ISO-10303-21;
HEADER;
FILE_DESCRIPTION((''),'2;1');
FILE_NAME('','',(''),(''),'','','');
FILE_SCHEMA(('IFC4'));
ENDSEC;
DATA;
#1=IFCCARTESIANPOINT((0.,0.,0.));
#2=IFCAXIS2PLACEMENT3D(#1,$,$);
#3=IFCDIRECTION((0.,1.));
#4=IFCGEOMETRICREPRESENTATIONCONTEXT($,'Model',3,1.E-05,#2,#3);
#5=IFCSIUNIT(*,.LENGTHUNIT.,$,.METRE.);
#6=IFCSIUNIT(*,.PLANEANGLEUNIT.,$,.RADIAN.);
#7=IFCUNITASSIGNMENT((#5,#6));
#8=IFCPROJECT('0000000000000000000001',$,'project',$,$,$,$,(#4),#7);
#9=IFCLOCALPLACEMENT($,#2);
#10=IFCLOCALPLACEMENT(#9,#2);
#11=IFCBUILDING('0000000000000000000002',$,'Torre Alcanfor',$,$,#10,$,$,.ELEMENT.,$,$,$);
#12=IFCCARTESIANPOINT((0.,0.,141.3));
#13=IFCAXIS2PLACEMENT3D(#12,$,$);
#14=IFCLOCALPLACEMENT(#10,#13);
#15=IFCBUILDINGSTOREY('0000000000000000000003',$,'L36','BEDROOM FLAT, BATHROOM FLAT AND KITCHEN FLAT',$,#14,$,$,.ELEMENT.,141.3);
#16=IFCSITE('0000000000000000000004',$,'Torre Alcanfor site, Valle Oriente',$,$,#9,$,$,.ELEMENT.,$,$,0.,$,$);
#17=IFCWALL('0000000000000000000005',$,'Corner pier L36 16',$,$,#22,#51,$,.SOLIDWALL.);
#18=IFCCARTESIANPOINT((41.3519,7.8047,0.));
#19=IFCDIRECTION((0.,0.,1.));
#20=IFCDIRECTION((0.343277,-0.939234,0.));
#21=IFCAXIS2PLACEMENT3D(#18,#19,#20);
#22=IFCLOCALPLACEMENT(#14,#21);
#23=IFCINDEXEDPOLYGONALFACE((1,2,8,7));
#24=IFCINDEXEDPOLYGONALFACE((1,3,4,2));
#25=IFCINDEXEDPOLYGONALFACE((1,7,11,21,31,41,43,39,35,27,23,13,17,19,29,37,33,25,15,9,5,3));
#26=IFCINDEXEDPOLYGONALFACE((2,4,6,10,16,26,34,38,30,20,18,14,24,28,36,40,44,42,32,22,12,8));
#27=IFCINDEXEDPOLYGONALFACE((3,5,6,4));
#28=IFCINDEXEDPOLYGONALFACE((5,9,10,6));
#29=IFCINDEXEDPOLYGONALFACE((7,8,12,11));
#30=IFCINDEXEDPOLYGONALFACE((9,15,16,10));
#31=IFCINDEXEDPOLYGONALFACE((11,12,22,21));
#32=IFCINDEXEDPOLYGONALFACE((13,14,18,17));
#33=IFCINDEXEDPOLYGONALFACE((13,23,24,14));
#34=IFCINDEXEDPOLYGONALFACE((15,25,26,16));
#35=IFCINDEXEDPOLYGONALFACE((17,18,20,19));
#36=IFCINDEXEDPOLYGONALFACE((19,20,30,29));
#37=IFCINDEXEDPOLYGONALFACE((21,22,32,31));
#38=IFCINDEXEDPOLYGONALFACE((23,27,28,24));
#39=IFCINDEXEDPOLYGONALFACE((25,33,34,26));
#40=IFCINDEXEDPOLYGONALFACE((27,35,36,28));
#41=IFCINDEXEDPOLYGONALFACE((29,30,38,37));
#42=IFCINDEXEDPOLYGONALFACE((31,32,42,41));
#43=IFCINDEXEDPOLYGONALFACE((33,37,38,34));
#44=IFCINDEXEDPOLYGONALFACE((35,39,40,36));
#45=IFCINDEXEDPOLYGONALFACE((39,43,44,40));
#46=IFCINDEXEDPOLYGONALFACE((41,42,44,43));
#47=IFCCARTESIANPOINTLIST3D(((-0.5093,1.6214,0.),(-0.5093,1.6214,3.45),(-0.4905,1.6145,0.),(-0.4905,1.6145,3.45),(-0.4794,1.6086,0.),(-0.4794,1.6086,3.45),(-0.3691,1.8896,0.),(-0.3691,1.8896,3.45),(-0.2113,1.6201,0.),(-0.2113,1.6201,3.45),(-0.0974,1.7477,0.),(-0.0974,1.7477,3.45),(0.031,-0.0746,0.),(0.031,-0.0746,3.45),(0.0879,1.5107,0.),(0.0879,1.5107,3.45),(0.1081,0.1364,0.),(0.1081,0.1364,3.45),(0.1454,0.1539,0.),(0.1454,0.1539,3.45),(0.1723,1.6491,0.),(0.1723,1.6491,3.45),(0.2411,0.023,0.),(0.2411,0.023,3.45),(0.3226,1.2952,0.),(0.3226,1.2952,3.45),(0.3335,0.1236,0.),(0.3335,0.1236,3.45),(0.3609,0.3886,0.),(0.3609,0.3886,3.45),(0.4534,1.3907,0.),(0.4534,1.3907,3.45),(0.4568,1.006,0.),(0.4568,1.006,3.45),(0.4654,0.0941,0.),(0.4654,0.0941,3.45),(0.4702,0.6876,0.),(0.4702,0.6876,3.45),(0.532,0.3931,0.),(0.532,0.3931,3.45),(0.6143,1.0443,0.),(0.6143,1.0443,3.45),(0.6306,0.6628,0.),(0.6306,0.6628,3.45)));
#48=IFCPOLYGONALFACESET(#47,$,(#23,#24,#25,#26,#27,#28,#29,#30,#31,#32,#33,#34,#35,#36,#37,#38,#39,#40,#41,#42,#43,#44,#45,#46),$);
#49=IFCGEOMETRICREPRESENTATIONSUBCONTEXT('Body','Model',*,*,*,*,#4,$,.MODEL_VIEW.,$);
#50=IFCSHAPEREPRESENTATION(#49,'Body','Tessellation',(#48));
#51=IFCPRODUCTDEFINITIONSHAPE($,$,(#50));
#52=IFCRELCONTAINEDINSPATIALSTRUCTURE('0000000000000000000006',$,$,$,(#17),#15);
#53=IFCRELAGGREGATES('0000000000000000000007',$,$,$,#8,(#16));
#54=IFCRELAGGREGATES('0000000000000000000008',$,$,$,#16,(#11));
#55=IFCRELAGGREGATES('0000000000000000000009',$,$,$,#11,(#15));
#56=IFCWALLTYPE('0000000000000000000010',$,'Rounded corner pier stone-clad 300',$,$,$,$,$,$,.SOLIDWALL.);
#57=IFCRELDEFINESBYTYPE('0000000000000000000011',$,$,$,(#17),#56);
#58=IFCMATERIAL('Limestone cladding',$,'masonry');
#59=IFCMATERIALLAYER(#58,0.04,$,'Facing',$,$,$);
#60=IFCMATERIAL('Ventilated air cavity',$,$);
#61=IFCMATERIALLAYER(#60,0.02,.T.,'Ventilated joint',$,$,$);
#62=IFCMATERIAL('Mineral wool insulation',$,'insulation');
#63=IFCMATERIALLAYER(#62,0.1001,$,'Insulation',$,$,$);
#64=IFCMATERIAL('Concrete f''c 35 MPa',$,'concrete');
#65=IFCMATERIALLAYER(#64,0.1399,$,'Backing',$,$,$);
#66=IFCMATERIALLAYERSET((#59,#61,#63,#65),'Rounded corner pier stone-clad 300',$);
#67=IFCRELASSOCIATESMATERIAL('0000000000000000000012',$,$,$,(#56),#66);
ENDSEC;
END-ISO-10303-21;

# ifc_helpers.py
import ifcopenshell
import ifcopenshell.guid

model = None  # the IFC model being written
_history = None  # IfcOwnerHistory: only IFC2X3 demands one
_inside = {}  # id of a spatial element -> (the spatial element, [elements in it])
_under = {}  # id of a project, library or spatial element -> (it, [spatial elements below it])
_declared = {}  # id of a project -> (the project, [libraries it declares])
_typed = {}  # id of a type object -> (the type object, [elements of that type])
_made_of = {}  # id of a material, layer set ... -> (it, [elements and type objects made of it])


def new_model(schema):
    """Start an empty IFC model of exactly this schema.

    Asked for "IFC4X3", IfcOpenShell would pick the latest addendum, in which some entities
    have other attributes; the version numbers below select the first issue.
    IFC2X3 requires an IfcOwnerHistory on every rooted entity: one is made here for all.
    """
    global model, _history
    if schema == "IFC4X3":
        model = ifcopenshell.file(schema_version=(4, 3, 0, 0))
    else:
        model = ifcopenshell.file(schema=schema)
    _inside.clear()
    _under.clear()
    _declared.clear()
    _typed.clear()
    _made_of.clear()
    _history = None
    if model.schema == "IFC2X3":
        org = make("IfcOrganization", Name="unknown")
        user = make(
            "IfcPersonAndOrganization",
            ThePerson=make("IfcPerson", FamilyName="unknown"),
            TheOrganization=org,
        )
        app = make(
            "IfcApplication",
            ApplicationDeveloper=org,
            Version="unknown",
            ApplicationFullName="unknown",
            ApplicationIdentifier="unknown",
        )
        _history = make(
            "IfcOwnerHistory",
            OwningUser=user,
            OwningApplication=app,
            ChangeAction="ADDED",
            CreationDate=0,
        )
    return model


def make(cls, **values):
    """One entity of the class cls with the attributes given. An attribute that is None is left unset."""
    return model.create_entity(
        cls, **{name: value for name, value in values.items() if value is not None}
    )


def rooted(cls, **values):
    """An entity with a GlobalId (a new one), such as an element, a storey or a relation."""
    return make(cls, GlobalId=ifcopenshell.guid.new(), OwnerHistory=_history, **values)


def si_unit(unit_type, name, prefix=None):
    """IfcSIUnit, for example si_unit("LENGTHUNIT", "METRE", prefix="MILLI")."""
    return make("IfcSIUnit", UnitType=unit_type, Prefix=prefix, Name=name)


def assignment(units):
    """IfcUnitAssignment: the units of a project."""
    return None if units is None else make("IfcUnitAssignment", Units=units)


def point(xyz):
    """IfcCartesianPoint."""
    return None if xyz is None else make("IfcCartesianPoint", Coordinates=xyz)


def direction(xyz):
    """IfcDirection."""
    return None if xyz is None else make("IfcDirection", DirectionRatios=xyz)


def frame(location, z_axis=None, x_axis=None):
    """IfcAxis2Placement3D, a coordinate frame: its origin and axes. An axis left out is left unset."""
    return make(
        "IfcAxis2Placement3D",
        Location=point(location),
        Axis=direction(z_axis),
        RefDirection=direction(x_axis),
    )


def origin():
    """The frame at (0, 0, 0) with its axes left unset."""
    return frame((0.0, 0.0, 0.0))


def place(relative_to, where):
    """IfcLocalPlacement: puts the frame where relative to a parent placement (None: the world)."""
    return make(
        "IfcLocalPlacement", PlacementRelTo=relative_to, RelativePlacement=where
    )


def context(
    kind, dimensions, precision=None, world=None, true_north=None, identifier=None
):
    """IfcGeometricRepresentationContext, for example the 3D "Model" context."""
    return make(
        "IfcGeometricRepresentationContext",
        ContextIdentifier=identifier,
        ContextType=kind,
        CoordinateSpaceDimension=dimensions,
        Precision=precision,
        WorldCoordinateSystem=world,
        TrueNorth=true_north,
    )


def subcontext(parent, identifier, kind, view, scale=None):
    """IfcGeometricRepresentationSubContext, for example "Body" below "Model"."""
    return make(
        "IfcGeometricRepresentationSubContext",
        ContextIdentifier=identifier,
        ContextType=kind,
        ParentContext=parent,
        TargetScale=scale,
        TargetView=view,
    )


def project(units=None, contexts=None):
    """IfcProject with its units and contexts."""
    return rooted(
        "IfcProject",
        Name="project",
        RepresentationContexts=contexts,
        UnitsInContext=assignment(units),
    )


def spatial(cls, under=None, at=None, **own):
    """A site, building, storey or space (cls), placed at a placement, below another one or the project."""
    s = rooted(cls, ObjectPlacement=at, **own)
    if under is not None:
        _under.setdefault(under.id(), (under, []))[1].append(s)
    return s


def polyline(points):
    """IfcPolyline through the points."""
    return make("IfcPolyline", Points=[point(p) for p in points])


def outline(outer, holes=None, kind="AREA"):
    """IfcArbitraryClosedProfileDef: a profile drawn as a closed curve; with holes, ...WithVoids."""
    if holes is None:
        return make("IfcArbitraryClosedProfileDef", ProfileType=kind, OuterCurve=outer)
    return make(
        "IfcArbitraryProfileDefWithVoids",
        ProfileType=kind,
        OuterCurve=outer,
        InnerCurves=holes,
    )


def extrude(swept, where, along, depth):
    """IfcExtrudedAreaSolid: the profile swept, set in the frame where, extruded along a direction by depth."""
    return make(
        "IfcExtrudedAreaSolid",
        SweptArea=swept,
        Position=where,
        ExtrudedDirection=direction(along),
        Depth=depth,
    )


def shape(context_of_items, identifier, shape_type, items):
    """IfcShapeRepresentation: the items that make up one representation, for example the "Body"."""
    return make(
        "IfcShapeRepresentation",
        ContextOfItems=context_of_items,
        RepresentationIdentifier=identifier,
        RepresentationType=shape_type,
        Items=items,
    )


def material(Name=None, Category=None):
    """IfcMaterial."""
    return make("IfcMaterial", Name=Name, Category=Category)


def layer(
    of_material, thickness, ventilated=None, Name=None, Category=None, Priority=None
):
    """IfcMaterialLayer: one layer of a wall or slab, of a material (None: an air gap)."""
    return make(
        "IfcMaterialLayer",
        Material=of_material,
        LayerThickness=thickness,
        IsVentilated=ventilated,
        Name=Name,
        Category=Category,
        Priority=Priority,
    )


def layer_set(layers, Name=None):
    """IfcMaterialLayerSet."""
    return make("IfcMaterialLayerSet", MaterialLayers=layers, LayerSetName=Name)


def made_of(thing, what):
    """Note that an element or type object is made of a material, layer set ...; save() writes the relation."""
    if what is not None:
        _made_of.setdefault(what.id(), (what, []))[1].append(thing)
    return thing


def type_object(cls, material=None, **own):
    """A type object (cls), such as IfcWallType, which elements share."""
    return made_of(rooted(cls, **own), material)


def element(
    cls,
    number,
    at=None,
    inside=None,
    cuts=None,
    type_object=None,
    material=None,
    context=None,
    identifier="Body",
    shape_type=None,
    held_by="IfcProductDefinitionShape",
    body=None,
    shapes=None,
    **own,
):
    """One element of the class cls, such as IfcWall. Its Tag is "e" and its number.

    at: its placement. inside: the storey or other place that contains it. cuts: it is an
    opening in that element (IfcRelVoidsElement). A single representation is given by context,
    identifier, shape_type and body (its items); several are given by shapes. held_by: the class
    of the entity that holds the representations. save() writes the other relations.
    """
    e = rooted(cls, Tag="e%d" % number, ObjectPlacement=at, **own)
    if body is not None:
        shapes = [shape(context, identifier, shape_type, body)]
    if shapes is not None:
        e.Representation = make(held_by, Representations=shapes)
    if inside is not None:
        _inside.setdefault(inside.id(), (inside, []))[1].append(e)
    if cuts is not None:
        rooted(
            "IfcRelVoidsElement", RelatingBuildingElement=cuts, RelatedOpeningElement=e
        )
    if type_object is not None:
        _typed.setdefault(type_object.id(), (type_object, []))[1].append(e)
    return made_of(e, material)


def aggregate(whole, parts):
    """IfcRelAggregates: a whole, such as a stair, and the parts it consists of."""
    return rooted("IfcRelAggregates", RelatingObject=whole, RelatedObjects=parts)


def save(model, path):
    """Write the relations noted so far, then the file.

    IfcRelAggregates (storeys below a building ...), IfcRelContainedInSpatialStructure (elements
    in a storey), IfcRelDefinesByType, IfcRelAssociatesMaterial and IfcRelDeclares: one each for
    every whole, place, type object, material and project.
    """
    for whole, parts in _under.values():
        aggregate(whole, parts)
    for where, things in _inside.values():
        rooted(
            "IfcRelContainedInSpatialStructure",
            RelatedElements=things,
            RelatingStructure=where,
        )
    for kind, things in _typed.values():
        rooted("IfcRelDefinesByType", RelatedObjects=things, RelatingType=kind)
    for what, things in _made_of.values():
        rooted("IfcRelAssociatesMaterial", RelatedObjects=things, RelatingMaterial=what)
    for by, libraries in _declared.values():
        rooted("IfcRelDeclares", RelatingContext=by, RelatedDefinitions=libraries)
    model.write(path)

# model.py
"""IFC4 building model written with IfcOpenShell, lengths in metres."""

from ifc_helpers import new_model, si_unit, direction, frame, origin, place, context, subcontext, project, spatial, polyline, outline, extrude, material, layer, layer_set, type_object, element, save


model = new_model("IFC4")

# Units and contexts
model_context = context("Model", 3, precision=1e-05, world=origin(), true_north=direction((0.0, 1.0)))
body_context = subcontext(model_context, "Body", "Model", "MODEL_VIEW")
ifc_project = project(units=[si_unit("LENGTHUNIT", "METRE"), si_unit("PLANEANGLEUNIT", "RADIAN")], contexts=[model_context])

# Site, building, storey
site_placement = place(None, origin())
site = spatial("IfcSite", under=ifc_project, at=site_placement, Name="Torre Alcanfor site, Valle Oriente", CompositionType="ELEMENT", RefElevation=0.0)
building_placement = place(site_placement, origin())
building = spatial("IfcBuilding", under=site, at=building_placement, Name="Torre Alcanfor", CompositionType="ELEMENT")
storey_placement = place(building_placement, frame((0.0, 0.0, 141.3)))
storey = spatial("IfcBuildingStorey", under=building, at=storey_placement, Name="L36", Description="BEDROOM FLAT, BATHROOM FLAT AND KITCHEN FLAT", CompositionType="ELEMENT", Elevation=141.3)

# Shared definitions
ifc_material_1 = material(Name="Limestone cladding", Category="masonry")
ifc_material_2 = material(Name="Ventilated air cavity")
ifc_material_3 = material(Name="Mineral wool insulation", Category="insulation")
ifc_material_4 = material(Name="Concrete f'c 35 MPa", Category="concrete")

# Wall
ifc_layer_1 = layer(ifc_material_1, 0.04, Name="Facing")
ifc_layer_2 = layer(ifc_material_2, 0.02, ventilated=True, Name="Ventilated joint")
ifc_layer_3 = layer(ifc_material_3, 0.1001, Name="Insulation")
ifc_layer_4 = layer(ifc_material_4, 0.1399, Name="Backing")
ifc_layer_set_1 = layer_set([ifc_layer_1, ifc_layer_2, ifc_layer_3, ifc_layer_4], Name="Rounded corner pier stone-clad 300")
wall_type_1 = type_object("IfcWallType", Name="Rounded corner pier stone-clad 300", PredefinedType="SOLIDWALL", material=ifc_layer_set_1)
wall_1_placement = place(storey_placement, frame((41.3519, 7.8047, 0.0), z_axis=(0.0, 0.0, 1.0), x_axis=(0.343277, -0.939234, 0.0)))
element("IfcWall", 1, at=wall_1_placement, inside=storey, type_object=wall_type_1, Name="Corner pier L36 16", PredefinedType="SOLIDWALL", context=body_context, shape_type="SweptSolid", body=[
    extrude(outline(polyline([(-0.3691, 1.8896), (-0.5093, 1.6214), (-0.4905, 1.6145), (-0.4794, 1.6086), (-0.2113, 1.6201), (0.0879, 1.5107), (0.3226, 1.2952), (0.4568, 1.006), (0.4702, 0.6876), (0.3609, 0.3886), (0.1454, 0.1539), (0.1081, 0.1364), (0.031, -0.0746), (0.2411, 0.023), (0.3335, 0.1236), (0.4654, 0.0941), (0.532, 0.3931), (0.6306, 0.6628), (0.6143, 1.0443), (0.4534, 1.3907), (0.1723, 1.6491), (-0.0974, 1.7477), (-0.3691, 1.8896)])), origin(), (0.0, 0.0, 1.0), 3.45),
])

save(model, "model.ifc")
